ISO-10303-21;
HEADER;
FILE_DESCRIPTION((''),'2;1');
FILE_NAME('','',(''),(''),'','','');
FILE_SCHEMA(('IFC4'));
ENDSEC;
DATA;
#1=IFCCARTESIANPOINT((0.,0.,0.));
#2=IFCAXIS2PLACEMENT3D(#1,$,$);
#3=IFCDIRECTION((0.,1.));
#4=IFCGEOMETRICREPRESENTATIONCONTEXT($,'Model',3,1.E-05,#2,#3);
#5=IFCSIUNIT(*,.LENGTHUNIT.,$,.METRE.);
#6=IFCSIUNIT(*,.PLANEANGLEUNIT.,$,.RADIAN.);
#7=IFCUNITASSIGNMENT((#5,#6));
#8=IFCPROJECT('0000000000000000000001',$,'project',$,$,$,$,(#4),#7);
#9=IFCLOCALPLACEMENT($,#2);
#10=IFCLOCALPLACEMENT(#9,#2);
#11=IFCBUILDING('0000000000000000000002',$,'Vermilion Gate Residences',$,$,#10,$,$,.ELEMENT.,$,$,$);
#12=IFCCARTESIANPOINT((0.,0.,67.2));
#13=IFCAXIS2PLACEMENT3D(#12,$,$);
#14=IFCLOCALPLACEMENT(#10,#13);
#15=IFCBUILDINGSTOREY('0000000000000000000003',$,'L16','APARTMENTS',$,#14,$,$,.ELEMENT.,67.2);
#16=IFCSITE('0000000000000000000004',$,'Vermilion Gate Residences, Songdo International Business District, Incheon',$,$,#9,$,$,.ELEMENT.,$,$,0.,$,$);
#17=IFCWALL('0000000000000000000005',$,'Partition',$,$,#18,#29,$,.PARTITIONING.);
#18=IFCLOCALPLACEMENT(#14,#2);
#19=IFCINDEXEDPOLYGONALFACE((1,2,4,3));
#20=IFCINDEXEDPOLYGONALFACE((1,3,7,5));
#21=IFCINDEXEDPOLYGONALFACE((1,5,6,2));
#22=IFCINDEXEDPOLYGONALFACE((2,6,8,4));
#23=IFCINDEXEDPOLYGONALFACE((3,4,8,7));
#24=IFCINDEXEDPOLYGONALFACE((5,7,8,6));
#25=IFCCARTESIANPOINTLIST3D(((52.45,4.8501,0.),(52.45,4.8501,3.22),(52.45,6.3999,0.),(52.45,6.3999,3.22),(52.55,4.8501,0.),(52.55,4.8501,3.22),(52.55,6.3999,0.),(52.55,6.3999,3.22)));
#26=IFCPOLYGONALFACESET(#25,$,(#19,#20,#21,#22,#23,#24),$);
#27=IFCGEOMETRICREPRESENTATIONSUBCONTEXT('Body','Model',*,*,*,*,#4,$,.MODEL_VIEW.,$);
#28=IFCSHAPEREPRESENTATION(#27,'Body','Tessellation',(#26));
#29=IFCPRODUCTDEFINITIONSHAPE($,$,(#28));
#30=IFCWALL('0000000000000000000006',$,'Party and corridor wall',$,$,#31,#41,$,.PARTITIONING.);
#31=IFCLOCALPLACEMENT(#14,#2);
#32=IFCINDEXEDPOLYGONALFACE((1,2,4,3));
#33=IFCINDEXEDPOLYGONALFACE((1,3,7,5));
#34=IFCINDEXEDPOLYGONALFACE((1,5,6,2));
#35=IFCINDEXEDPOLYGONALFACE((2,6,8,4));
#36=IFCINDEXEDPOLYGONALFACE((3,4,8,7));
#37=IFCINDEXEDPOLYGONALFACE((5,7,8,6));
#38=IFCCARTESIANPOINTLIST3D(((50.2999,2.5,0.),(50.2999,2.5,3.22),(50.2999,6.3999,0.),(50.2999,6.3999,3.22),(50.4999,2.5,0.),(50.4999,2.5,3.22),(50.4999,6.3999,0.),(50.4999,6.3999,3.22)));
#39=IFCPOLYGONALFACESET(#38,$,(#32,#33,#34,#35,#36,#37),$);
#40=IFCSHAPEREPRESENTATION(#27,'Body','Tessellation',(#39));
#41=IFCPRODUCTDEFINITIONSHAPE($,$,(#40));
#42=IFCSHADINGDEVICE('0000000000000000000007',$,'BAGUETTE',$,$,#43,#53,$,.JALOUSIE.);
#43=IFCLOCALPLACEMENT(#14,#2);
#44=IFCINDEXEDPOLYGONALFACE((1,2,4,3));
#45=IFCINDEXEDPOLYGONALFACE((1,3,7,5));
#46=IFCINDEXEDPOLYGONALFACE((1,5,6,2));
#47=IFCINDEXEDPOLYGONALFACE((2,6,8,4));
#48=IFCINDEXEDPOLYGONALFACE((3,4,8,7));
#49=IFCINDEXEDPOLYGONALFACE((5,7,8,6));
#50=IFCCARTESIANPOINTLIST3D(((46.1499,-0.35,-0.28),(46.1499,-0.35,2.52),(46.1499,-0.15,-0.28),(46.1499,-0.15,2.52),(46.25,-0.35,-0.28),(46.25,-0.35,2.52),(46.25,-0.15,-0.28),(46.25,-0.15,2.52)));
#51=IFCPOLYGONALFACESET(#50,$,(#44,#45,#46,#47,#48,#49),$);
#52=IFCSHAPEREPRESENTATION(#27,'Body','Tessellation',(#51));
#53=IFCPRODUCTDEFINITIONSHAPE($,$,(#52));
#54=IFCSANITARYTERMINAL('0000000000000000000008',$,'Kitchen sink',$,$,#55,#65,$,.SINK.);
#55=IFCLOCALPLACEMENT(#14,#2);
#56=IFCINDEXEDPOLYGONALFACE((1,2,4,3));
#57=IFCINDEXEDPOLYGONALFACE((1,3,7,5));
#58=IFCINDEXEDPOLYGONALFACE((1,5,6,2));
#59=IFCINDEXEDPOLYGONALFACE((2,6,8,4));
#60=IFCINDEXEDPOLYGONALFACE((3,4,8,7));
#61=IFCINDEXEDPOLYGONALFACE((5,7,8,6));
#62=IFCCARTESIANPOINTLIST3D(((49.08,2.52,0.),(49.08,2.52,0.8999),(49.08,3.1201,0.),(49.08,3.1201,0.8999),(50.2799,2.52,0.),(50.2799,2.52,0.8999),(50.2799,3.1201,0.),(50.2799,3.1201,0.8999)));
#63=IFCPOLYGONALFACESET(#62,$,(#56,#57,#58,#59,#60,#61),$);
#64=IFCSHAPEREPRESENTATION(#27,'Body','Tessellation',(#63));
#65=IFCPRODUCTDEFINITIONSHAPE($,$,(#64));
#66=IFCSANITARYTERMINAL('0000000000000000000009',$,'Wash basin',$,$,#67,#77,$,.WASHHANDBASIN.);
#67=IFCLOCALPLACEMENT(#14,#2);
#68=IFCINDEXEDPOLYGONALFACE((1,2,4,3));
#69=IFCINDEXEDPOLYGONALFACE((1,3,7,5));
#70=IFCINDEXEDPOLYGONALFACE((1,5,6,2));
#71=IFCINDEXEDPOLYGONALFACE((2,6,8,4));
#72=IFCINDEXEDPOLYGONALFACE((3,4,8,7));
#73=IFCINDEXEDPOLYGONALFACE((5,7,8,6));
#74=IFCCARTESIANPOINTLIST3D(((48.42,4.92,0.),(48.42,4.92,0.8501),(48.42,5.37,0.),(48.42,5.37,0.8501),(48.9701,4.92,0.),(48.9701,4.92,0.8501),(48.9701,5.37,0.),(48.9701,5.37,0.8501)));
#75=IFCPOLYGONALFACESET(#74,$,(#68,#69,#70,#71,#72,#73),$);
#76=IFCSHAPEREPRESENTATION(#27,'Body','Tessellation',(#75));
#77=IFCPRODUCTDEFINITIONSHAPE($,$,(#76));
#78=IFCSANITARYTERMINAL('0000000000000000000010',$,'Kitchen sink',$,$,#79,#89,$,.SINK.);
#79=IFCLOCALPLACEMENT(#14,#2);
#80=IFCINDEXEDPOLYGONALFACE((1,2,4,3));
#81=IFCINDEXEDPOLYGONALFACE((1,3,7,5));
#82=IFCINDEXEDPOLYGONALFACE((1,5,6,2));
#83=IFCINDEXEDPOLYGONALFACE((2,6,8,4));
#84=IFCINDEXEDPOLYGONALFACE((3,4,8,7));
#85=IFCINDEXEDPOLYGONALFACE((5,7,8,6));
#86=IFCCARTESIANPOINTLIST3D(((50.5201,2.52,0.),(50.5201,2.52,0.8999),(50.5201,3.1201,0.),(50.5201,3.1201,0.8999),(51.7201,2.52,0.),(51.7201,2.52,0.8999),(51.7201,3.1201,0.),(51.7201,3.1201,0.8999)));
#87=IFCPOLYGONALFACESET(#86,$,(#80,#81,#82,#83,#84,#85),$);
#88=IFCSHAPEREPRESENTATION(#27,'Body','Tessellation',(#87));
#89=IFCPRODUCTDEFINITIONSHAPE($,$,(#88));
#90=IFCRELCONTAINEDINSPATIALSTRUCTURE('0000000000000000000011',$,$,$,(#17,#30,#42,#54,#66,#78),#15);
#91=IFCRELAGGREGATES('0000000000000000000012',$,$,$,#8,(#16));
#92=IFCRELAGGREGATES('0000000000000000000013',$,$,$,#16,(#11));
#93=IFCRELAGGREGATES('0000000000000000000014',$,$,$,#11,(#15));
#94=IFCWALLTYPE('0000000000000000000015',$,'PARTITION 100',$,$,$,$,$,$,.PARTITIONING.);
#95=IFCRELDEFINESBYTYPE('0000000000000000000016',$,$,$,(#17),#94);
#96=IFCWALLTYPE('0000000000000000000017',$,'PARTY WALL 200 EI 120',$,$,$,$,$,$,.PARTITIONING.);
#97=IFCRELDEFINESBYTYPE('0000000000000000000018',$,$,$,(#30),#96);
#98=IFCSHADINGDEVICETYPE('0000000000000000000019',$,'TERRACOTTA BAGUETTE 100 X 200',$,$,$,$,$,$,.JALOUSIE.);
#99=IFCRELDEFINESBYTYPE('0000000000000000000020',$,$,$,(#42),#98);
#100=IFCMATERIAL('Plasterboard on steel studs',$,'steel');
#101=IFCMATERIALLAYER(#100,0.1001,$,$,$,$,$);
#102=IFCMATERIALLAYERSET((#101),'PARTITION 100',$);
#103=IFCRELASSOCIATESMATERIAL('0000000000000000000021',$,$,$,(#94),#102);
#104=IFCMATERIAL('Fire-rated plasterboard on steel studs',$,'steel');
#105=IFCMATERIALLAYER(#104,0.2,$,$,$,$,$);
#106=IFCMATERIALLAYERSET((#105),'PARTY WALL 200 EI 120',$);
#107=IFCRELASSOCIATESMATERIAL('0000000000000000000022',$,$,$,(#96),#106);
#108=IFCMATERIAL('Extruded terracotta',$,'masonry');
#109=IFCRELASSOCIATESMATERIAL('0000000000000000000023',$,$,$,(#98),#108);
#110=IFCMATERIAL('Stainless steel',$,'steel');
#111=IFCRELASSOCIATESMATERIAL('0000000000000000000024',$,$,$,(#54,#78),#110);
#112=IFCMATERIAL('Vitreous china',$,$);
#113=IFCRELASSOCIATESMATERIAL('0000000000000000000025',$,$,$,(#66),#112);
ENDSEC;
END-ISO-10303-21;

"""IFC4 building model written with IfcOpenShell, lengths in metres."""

from ifc_helpers import new_model, si_unit, direction, frame, frame_2d, origin, origin_2d, place, context, subcontext, project, spatial, rectangle, extrude, material, layer, layer_set, material_profile, profile_set, type_object, element, save


model = new_model("IFC4")

# Units and contexts
model_context = context("Model", 3, precision=1e-05, world=origin(), true_north=direction((0.0, 1.0)))
body_context = subcontext(model_context, "Body", "Model", "MODEL_VIEW")
ifc_project = project(units=[si_unit("LENGTHUNIT", "METRE"), si_unit("PLANEANGLEUNIT", "RADIAN")], contexts=[model_context])

# Site, building, storey
site_placement = place(None, origin())
site = spatial("IfcSite", under=ifc_project, at=site_placement, Name="Vermilion Gate Residences, Songdo International Business District, Incheon", CompositionType="ELEMENT", RefElevation=0.0)
building_placement = place(site_placement, origin())
building = spatial("IfcBuilding", under=site, at=building_placement, Name="Vermilion Gate Residences", CompositionType="ELEMENT")
storey_placement = place(building_placement, frame((0.0, 0.0, 67.2)))
storey = spatial("IfcBuildingStorey", under=building, at=storey_placement, Name="L16", Description="APARTMENTS", CompositionType="ELEMENT", Elevation=67.2)

# Shared definitions
ifc_material_1 = material(Name="Plasterboard on steel studs", Category="steel")
ifc_layer_1 = layer(ifc_material_1, 0.1001)
ifc_layer_set_1 = layer_set([ifc_layer_1], Name="PARTITION 100")
wall_type_1 = type_object("IfcWallType", Name="PARTITION 100", PredefinedType="PARTITIONING", material=ifc_layer_set_1)

# Walls
for number, where, z_axis, x_axis, name in (
    (1, (52.5, 4.8501, 0.0), (0.0, 0.0, 1.0), (0.0, 1.0, 0.0), "Partition"),
):
    element("IfcWall", number, at=place(storey_placement, frame(where, z_axis=z_axis, x_axis=x_axis)), inside=storey, type_object=wall_type_1, Name=name, PredefinedType="PARTITIONING", context=body_context, shape_type="SweptSolid", body=[
        extrude(rectangle(XDim=1.5498, YDim=0.1001, at=frame_2d((0.7749, 0.0))), origin(), (0.0, 0.0, 1.0), 3.22),
    ])
ifc_material_2 = material(Name="Fire-rated plasterboard on steel studs", Category="steel")
ifc_layer_2 = layer(ifc_material_2, 0.2)
ifc_layer_set_2 = layer_set([ifc_layer_2], Name="PARTY WALL 200 EI 120")
wall_type_2 = type_object("IfcWallType", Name="PARTY WALL 200 EI 120", PredefinedType="PARTITIONING", material=ifc_layer_set_2)
wall_1_placement = place(storey_placement, frame((50.3999, 2.5, 0.0), z_axis=(0.0, 0.0, 1.0), x_axis=(0.0, 1.0, 0.0)))
element("IfcWall", 2, at=wall_1_placement, inside=storey, type_object=wall_type_2, Name="Party and corridor wall", PredefinedType="PARTITIONING", context=body_context, shape_type="SweptSolid", body=[
    extrude(rectangle(XDim=3.8999, YDim=0.2, at=frame_2d((1.95, 0.0))), origin(), (0.0, 0.0, 1.0), 3.22),
])

# Shading device
ifc_material_3 = material(Name="Extruded terracotta", Category="masonry")
ifc_material_profile_1 = material_profile(ifc_material_3, rectangle(XDim=0.2, YDim=0.1001, at=origin_2d()), Name="BAGUETTE 100 X 200")
ifc_profile_set_1 = profile_set([ifc_material_profile_1], Name="Extruded terracotta")
shading_device_type = type_object("IfcShadingDeviceType", Name="TERRACOTTA BAGUETTE 100 X 200", PredefinedType="JALOUSIE", material=ifc_profile_set_1)
shading_device_placement = place(storey_placement, frame((46.2, -0.25, -0.28), z_axis=(0.0, 0.0, 1.0), x_axis=(0.0, 1.0, 0.0)))
element("IfcShadingDevice", 3, at=shading_device_placement, inside=storey, type_object=shading_device_type, Name="BAGUETTE", PredefinedType="JALOUSIE", context=body_context, shape_type="SweptSolid", body=[
    extrude(rectangle(XDim=0.2, YDim=0.1001, at=origin_2d()), origin(), (0.0, 0.0, 1.0), 2.8),
])

# Sanitary terminals
ifc_material_4 = material(Name="Stainless steel", Category="steel")
sanitary_terminal_1_placement = place(storey_placement, frame((49.6799, 2.8201, 0.0), z_axis=(0.0, 0.0, 1.0), x_axis=(1.0, 0.0, 0.0)))
element("IfcSanitaryTerminal", 4, at=sanitary_terminal_1_placement, inside=storey, material=ifc_material_4, Name="Kitchen sink", PredefinedType="SINK", context=body_context, shape_type="SweptSolid", body=[
    extrude(rectangle(XDim=1.2, YDim=0.6001, at=origin_2d()), origin(), (0.0, 0.0, 1.0), 0.8999),
])
ifc_material_5 = material(Name="Vitreous china")
sanitary_terminal_2_placement = place(storey_placement, frame((48.6951, 5.145, 0.0), z_axis=(0.0, 0.0, 1.0), x_axis=(1.0, 0.0, 0.0)))
element("IfcSanitaryTerminal", 5, at=sanitary_terminal_2_placement, inside=storey, material=ifc_material_5, Name="Wash basin", PredefinedType="WASHHANDBASIN", context=body_context, shape_type="SweptSolid", body=[
    extrude(rectangle(XDim=0.55, YDim=0.45, at=origin_2d()), origin(), (0.0, 0.0, 1.0), 0.8501),
])
sanitary_terminal_3_placement = place(storey_placement, frame((51.1201, 2.8201, 0.0), z_axis=(0.0, 0.0, 1.0), x_axis=(1.0, 0.0, 0.0)))
element("IfcSanitaryTerminal", 6, at=sanitary_terminal_3_placement, inside=storey, material=ifc_material_4, Name="Kitchen sink", PredefinedType="SINK", context=body_context, shape_type="SweptSolid", body=[
    extrude(rectangle(XDim=1.2, YDim=0.6001, at=origin_2d()), origin(), (0.0, 0.0, 1.0), 0.8999),
])

save(model, "model.ifc")
